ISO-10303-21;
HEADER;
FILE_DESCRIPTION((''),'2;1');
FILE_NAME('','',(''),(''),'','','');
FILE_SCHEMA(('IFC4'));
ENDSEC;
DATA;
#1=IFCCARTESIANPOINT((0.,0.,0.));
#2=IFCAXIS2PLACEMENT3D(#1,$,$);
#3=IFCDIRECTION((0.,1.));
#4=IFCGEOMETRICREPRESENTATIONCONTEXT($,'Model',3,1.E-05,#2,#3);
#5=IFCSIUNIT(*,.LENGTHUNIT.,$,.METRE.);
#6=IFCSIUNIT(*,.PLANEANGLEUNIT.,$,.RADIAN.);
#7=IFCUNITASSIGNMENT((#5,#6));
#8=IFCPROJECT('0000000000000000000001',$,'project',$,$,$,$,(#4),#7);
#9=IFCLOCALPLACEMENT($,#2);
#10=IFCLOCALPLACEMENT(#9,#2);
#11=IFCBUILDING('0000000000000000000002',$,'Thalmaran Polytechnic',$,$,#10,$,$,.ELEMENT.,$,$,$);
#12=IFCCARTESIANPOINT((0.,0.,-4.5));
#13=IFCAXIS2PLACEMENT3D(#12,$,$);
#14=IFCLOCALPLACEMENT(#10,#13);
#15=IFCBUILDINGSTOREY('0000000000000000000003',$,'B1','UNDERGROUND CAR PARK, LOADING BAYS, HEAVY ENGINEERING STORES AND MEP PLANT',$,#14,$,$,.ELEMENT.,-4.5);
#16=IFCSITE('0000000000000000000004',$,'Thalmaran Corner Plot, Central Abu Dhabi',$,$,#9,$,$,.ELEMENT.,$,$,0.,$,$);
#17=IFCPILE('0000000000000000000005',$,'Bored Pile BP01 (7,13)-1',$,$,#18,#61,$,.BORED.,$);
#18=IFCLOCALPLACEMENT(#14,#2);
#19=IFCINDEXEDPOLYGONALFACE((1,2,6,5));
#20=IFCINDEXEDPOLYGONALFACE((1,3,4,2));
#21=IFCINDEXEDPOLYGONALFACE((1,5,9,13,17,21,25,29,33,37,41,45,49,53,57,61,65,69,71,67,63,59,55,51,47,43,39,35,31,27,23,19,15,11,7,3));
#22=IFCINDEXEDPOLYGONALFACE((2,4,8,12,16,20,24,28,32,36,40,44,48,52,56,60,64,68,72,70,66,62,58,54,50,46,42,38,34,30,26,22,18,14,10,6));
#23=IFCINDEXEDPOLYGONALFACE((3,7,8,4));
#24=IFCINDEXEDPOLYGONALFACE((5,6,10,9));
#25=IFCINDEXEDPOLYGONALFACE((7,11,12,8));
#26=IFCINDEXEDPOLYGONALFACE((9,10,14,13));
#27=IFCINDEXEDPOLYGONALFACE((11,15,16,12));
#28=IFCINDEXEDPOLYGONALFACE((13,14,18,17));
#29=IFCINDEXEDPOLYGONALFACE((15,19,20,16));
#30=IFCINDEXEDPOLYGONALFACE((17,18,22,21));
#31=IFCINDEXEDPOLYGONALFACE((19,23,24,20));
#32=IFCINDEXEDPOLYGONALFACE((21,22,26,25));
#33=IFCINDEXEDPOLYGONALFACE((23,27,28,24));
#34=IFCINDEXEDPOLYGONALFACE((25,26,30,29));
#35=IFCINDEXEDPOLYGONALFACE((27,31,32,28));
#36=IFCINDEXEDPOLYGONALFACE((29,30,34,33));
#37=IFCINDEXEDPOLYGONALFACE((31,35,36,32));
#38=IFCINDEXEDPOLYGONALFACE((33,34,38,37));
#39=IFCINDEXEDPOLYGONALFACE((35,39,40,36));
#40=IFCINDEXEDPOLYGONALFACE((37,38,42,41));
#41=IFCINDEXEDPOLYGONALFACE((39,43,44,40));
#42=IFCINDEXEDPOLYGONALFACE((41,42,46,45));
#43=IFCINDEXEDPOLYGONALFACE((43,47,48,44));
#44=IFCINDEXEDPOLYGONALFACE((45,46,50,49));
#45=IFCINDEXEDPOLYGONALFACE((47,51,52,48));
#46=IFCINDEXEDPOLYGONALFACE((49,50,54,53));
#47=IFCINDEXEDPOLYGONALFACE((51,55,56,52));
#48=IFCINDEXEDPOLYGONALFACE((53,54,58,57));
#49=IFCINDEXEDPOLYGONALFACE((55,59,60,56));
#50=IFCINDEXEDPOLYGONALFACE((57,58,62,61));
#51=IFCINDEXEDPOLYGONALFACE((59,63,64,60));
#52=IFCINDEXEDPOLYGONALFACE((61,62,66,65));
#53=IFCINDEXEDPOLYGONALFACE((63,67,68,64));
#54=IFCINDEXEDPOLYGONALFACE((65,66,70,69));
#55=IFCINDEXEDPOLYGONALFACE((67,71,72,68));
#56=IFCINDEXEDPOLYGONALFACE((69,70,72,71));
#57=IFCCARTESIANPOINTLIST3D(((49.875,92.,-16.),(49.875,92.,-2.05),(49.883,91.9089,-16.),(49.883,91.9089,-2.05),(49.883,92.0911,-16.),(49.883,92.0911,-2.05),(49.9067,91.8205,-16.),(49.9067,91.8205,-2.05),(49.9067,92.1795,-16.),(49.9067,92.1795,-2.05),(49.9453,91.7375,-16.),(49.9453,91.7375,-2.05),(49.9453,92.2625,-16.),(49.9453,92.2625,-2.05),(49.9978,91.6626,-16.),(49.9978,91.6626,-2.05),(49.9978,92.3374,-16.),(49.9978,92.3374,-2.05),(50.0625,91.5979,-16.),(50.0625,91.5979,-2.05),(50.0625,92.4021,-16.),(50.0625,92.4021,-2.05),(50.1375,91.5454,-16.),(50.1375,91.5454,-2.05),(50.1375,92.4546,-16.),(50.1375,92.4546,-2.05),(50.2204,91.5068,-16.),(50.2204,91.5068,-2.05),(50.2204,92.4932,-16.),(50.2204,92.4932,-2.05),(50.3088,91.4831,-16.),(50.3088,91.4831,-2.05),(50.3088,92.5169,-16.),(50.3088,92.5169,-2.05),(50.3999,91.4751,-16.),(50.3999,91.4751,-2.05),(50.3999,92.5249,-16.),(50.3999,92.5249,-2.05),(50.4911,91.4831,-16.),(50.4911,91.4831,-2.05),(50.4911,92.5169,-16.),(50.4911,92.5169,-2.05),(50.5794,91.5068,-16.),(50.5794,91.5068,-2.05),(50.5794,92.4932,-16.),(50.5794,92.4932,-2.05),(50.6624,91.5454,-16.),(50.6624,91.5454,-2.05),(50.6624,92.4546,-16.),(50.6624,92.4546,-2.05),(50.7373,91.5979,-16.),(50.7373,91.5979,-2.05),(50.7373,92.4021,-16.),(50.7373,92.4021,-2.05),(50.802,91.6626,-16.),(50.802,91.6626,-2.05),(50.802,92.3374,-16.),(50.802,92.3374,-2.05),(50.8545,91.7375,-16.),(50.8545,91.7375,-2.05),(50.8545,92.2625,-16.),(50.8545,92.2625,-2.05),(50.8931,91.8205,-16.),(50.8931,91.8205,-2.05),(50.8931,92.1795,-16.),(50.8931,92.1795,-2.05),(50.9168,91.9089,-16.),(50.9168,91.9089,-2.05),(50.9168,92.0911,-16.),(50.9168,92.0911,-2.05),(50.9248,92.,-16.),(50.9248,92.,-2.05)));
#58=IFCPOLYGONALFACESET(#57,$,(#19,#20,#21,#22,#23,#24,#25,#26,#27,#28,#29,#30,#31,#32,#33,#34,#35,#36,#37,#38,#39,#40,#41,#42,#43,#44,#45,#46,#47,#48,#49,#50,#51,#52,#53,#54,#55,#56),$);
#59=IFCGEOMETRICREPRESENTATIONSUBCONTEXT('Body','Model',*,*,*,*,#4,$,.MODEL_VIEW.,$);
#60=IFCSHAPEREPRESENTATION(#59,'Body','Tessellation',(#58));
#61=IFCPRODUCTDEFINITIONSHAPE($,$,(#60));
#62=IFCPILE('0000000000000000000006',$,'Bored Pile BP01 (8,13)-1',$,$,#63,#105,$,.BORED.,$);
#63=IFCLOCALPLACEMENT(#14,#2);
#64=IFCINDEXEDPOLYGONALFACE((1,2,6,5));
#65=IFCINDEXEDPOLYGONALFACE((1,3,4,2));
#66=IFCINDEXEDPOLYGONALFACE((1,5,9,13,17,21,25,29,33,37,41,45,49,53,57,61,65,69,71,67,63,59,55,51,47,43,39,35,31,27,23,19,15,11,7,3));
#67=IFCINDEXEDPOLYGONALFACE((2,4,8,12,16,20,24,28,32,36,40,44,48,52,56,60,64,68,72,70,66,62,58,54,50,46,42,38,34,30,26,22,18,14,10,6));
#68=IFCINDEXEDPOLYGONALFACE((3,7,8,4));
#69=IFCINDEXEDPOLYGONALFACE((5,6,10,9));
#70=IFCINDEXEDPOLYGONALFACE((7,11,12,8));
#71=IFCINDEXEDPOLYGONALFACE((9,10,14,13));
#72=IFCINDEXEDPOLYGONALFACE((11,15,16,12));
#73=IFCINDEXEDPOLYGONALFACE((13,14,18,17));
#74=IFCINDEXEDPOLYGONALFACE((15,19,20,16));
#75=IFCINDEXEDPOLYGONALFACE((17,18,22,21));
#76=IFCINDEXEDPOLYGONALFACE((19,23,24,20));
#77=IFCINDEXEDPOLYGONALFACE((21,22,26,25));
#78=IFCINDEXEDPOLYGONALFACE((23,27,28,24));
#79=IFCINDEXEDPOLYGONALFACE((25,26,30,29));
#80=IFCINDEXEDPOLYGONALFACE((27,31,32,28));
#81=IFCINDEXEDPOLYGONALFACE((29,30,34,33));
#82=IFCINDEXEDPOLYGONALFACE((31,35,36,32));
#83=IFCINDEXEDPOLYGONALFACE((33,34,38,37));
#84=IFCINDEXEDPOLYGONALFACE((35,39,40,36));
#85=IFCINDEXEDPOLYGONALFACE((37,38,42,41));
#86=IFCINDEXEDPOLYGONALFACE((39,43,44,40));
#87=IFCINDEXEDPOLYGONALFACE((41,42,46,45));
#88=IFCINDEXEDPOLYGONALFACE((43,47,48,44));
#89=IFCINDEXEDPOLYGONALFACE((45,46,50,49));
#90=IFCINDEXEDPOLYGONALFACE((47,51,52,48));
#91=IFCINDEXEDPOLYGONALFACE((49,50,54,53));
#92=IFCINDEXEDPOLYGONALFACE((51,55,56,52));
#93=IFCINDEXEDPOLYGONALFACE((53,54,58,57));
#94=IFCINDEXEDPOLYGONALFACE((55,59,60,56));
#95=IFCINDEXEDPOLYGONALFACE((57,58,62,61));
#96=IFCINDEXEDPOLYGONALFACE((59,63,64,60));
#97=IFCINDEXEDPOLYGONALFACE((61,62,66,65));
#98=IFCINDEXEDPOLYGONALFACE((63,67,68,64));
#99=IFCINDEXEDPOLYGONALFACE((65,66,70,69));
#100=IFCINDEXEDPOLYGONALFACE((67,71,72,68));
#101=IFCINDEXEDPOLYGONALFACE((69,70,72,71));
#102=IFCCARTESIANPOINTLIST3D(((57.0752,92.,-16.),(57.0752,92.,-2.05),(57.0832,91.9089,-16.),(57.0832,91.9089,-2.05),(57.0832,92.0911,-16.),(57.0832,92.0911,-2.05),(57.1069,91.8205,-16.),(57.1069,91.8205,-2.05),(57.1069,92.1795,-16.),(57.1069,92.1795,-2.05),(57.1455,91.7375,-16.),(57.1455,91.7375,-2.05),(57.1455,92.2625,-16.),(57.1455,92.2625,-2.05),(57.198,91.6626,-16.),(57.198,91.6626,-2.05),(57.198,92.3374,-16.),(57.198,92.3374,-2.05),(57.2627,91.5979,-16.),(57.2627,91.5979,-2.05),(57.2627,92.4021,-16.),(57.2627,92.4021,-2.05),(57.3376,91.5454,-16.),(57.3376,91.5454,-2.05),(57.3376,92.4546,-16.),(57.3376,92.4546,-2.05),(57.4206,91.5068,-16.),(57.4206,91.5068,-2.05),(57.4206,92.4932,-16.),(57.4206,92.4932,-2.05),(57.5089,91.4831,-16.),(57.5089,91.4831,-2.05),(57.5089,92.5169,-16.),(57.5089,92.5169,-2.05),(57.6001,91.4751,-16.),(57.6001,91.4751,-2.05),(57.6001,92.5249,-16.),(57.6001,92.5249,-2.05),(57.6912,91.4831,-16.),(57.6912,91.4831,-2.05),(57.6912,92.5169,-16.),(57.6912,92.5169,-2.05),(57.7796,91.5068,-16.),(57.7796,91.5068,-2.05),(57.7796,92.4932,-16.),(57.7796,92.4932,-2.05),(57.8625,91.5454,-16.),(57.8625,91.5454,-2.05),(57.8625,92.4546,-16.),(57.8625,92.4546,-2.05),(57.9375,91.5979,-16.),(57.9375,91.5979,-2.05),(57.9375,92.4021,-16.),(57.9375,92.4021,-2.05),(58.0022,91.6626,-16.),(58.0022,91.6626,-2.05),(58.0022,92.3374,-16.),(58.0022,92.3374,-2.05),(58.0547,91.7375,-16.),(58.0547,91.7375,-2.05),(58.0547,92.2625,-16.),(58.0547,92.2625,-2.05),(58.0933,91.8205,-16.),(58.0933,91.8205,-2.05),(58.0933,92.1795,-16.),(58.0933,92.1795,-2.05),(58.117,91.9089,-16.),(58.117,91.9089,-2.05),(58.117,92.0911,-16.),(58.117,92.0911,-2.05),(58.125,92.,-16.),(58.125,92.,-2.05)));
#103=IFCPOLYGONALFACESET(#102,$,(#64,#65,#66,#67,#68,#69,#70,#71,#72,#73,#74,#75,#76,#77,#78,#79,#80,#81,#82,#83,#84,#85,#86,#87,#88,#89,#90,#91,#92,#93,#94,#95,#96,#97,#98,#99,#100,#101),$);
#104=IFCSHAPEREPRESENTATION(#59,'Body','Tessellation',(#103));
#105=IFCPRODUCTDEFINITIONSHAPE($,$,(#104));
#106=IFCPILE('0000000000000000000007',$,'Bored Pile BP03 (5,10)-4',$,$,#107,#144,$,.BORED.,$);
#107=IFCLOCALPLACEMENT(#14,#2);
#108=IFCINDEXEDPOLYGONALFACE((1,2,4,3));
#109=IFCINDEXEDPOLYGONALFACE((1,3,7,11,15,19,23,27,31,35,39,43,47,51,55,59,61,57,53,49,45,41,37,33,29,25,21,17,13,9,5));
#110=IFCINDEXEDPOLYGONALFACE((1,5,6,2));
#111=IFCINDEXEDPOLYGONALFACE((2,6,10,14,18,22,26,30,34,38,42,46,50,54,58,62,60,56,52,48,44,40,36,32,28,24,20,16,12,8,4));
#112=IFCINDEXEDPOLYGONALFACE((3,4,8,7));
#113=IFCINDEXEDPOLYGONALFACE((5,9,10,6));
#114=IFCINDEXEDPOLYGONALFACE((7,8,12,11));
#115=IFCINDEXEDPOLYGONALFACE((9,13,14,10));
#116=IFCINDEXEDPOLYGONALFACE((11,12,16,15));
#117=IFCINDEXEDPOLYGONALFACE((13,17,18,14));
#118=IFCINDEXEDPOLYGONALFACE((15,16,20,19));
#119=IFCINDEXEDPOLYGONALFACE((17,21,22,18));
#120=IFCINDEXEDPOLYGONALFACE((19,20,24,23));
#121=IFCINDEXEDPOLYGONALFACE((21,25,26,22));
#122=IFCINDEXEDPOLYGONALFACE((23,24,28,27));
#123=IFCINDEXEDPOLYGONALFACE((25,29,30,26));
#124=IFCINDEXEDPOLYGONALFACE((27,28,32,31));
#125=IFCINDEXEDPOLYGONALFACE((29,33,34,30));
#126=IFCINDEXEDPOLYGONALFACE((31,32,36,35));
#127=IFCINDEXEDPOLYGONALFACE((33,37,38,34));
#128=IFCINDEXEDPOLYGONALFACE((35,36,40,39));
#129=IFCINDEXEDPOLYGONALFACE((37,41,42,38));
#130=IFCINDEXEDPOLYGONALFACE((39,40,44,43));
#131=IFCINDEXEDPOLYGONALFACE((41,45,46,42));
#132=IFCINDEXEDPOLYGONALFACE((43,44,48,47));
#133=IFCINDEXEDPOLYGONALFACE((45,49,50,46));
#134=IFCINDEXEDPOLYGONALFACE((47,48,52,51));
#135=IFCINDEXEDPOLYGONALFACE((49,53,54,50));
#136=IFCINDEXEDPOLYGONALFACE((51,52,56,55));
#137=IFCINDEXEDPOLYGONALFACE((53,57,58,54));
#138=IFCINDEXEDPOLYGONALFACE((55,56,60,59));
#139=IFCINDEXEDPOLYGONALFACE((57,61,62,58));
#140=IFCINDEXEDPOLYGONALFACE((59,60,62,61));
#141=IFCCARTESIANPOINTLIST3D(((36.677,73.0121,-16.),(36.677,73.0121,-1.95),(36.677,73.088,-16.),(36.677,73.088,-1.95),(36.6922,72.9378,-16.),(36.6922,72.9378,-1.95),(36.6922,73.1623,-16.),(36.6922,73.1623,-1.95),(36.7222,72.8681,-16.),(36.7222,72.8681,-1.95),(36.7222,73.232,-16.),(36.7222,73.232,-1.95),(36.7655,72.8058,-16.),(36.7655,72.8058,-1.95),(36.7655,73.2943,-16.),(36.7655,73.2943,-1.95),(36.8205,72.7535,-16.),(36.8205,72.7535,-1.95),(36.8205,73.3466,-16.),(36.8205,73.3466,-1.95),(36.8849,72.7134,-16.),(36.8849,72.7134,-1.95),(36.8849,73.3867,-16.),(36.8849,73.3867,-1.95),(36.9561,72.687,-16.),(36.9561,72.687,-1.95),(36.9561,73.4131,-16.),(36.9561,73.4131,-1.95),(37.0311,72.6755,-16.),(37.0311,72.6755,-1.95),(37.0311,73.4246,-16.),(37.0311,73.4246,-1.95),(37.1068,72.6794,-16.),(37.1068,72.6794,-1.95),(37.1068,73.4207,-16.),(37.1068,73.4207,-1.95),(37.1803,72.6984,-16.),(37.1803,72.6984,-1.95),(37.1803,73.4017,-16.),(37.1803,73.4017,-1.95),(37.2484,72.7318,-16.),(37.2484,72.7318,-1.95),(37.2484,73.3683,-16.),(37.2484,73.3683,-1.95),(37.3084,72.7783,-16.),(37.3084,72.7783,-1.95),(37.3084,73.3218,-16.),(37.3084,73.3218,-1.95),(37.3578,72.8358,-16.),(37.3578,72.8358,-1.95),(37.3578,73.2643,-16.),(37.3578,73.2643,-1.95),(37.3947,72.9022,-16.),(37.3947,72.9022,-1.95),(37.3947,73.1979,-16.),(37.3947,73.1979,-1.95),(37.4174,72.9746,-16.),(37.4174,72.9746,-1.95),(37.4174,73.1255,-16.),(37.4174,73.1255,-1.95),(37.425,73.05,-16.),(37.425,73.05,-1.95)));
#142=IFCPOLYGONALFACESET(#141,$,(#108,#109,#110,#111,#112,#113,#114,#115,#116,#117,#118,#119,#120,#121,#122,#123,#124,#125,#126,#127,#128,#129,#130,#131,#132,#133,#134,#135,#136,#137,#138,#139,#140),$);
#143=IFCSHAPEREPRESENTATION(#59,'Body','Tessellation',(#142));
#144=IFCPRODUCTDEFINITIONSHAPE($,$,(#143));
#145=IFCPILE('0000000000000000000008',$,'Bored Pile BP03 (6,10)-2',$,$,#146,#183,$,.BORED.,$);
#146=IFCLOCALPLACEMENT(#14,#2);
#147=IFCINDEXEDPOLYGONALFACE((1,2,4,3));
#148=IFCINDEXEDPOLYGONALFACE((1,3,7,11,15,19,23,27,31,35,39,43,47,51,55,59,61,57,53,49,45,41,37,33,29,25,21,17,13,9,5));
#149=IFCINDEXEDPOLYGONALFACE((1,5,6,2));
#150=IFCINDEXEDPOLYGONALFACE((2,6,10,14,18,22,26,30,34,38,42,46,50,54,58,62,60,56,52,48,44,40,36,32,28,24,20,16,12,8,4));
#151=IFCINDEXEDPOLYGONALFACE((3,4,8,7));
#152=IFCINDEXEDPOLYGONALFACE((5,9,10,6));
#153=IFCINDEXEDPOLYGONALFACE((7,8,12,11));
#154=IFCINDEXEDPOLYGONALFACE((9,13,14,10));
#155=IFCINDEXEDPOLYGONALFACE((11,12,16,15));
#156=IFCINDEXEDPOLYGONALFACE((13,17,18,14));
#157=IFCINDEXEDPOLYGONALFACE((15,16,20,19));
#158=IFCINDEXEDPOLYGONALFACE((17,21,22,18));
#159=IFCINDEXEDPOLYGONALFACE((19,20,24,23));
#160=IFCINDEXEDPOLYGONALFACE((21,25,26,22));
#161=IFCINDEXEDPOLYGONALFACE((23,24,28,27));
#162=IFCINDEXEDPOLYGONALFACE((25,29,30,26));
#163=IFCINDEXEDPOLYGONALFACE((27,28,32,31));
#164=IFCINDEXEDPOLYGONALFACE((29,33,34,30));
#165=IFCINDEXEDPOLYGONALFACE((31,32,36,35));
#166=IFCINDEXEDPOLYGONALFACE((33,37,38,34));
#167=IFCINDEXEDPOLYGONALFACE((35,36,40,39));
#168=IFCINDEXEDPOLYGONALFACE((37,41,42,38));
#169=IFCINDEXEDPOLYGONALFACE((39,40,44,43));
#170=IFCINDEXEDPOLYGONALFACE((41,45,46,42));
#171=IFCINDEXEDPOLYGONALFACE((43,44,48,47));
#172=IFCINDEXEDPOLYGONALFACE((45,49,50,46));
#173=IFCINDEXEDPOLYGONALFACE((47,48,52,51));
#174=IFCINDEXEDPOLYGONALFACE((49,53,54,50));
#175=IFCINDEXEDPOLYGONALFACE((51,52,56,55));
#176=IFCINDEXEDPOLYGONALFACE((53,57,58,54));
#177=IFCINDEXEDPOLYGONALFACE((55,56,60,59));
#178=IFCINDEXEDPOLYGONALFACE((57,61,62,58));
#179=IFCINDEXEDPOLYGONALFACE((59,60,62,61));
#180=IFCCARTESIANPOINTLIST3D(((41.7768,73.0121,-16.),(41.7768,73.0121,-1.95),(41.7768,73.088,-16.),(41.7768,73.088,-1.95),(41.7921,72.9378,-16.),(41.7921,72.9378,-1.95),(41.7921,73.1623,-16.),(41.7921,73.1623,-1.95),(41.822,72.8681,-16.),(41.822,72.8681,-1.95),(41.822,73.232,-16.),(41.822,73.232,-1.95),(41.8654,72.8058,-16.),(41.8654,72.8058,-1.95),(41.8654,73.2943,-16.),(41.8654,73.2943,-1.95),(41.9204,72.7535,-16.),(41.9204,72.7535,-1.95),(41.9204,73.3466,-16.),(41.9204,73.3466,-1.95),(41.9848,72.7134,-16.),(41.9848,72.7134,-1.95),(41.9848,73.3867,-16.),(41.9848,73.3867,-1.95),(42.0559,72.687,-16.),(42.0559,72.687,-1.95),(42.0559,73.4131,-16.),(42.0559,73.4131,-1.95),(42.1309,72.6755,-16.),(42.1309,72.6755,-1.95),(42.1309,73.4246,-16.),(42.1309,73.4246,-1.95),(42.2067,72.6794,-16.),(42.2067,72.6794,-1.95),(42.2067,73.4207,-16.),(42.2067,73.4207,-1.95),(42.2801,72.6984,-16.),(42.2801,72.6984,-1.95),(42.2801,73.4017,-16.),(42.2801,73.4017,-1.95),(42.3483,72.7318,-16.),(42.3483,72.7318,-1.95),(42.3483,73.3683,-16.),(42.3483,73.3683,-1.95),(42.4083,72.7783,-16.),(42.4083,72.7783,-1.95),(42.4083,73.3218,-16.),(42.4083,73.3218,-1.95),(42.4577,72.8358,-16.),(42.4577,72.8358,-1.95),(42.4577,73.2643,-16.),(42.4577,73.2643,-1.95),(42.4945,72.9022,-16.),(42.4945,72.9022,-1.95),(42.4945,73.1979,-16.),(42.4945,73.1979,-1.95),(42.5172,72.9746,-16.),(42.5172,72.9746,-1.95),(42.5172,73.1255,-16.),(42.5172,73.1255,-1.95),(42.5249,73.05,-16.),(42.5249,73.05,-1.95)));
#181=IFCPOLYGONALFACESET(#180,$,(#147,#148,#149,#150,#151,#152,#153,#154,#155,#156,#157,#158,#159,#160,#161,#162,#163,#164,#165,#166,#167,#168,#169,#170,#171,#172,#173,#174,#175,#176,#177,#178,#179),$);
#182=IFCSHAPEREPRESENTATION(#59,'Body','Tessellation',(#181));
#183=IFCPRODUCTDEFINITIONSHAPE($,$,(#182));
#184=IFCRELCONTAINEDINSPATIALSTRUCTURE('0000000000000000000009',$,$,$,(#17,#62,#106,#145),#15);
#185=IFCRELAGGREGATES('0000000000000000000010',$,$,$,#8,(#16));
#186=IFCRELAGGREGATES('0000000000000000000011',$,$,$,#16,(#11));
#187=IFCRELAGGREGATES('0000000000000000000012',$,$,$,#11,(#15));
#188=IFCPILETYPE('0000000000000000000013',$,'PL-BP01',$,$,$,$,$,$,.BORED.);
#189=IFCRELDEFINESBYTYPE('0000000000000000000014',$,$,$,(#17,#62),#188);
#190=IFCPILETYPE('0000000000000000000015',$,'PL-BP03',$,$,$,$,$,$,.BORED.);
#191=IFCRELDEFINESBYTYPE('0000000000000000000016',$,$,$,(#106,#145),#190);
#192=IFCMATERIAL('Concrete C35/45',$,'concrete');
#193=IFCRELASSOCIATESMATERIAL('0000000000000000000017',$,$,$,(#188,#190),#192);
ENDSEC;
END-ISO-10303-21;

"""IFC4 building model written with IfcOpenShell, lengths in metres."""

from ifc_helpers import new_model, si_unit, direction, frame, origin, origin_2d, place, context, subcontext, project, spatial, circle, extrude, material, material_profile, profile_set, type_object, element, save


model = new_model("IFC4")

# Units and contexts
model_context = context("Model", 3, precision=1e-05, world=origin(), true_north=direction((0.0, 1.0)))
body_context = subcontext(model_context, "Body", "Model", "MODEL_VIEW")
ifc_project = project(units=[si_unit("LENGTHUNIT", "METRE"), si_unit("PLANEANGLEUNIT", "RADIAN")], contexts=[model_context])

# Site, building, storey
site_placement = place(None, origin())
site = spatial("IfcSite", under=ifc_project, at=site_placement, Name="Thalmaran Corner Plot, Central Abu Dhabi", CompositionType="ELEMENT", RefElevation=0.0)
building_placement = place(site_placement, origin())
building = spatial("IfcBuilding", under=site, at=building_placement, Name="Thalmaran Polytechnic", CompositionType="ELEMENT")
storey_placement = place(building_placement, frame((0.0, 0.0, -4.5)))
storey = spatial("IfcBuildingStorey", under=building, at=storey_placement, Name="B1", Description="UNDERGROUND CAR PARK, LOADING BAYS, HEAVY ENGINEERING STORES AND MEP PLANT", CompositionType="ELEMENT", Elevation=-4.5)

# Piles
ifc_material_1 = material(Name="Concrete C35/45", Category="concrete")
ifc_material_profile_1 = material_profile(ifc_material_1, circle(Radius=0.5249, at=origin_2d()), Name="RC 1050 DIA")
ifc_profile_set_1 = profile_set([ifc_material_profile_1], Name="Concrete C35/45")
pile_type_1 = type_object("IfcPileType", Name="PL-BP01", PredefinedType="BORED", material=ifc_profile_set_1)
for number, where, z_axis, x_axis, name in (
    (1, (50.3999, 92.0, -2.05), (0.0, 0.0, -1.0), (1.0, 0.0, 0.0), "Bored Pile BP01 (7,13)-1"),
    (2, (57.6001, 92.0, -2.05), (0.0, 0.0, -1.0), (1.0, 0.0, 0.0), "Bored Pile BP01 (8,13)-1"),
):
    element("IfcPile", number, at=place(storey_placement, frame(where, z_axis=z_axis, x_axis=x_axis)), inside=storey, type_object=pile_type_1, Name=name, PredefinedType="BORED", context=body_context, shape_type="SweptSolid", body=[
        extrude(circle(Radius=0.5249, at=origin_2d()), origin(), (0.0, 0.0, 1.0), 13.95),
    ])
ifc_material_profile_2 = material_profile(ifc_material_1, circle(Radius=0.375, at=origin_2d()), Name="RC 750 DIA")
ifc_profile_set_2 = profile_set([ifc_material_profile_2], Name="Concrete C35/45")
pile_type_2 = type_object("IfcPileType", Name="PL-BP03", PredefinedType="BORED", material=ifc_profile_set_2)
for number, where, z_axis, x_axis, name in (
    (3, (37.05, 73.05, -1.95), (0.0, 0.0, -1.0), (1.0, 0.0, 0.0), "Bored Pile BP03 (5,10)-4"),
    (4, (42.1499, 73.05, -1.95), (0.0, 0.0, -1.0), (1.0, 0.0, 0.0), "Bored Pile BP03 (6,10)-2"),
):
    element("IfcPile", number, at=place(storey_placement, frame(where, z_axis=z_axis, x_axis=x_axis)), inside=storey, type_object=pile_type_2, Name=name, PredefinedType="BORED", context=body_context, shape_type="SweptSolid", body=[
        extrude(circle(Radius=0.375, at=origin_2d()), origin(), (0.0, 0.0, 1.0), 14.05),
    ])

save(model, "model.ifc")
